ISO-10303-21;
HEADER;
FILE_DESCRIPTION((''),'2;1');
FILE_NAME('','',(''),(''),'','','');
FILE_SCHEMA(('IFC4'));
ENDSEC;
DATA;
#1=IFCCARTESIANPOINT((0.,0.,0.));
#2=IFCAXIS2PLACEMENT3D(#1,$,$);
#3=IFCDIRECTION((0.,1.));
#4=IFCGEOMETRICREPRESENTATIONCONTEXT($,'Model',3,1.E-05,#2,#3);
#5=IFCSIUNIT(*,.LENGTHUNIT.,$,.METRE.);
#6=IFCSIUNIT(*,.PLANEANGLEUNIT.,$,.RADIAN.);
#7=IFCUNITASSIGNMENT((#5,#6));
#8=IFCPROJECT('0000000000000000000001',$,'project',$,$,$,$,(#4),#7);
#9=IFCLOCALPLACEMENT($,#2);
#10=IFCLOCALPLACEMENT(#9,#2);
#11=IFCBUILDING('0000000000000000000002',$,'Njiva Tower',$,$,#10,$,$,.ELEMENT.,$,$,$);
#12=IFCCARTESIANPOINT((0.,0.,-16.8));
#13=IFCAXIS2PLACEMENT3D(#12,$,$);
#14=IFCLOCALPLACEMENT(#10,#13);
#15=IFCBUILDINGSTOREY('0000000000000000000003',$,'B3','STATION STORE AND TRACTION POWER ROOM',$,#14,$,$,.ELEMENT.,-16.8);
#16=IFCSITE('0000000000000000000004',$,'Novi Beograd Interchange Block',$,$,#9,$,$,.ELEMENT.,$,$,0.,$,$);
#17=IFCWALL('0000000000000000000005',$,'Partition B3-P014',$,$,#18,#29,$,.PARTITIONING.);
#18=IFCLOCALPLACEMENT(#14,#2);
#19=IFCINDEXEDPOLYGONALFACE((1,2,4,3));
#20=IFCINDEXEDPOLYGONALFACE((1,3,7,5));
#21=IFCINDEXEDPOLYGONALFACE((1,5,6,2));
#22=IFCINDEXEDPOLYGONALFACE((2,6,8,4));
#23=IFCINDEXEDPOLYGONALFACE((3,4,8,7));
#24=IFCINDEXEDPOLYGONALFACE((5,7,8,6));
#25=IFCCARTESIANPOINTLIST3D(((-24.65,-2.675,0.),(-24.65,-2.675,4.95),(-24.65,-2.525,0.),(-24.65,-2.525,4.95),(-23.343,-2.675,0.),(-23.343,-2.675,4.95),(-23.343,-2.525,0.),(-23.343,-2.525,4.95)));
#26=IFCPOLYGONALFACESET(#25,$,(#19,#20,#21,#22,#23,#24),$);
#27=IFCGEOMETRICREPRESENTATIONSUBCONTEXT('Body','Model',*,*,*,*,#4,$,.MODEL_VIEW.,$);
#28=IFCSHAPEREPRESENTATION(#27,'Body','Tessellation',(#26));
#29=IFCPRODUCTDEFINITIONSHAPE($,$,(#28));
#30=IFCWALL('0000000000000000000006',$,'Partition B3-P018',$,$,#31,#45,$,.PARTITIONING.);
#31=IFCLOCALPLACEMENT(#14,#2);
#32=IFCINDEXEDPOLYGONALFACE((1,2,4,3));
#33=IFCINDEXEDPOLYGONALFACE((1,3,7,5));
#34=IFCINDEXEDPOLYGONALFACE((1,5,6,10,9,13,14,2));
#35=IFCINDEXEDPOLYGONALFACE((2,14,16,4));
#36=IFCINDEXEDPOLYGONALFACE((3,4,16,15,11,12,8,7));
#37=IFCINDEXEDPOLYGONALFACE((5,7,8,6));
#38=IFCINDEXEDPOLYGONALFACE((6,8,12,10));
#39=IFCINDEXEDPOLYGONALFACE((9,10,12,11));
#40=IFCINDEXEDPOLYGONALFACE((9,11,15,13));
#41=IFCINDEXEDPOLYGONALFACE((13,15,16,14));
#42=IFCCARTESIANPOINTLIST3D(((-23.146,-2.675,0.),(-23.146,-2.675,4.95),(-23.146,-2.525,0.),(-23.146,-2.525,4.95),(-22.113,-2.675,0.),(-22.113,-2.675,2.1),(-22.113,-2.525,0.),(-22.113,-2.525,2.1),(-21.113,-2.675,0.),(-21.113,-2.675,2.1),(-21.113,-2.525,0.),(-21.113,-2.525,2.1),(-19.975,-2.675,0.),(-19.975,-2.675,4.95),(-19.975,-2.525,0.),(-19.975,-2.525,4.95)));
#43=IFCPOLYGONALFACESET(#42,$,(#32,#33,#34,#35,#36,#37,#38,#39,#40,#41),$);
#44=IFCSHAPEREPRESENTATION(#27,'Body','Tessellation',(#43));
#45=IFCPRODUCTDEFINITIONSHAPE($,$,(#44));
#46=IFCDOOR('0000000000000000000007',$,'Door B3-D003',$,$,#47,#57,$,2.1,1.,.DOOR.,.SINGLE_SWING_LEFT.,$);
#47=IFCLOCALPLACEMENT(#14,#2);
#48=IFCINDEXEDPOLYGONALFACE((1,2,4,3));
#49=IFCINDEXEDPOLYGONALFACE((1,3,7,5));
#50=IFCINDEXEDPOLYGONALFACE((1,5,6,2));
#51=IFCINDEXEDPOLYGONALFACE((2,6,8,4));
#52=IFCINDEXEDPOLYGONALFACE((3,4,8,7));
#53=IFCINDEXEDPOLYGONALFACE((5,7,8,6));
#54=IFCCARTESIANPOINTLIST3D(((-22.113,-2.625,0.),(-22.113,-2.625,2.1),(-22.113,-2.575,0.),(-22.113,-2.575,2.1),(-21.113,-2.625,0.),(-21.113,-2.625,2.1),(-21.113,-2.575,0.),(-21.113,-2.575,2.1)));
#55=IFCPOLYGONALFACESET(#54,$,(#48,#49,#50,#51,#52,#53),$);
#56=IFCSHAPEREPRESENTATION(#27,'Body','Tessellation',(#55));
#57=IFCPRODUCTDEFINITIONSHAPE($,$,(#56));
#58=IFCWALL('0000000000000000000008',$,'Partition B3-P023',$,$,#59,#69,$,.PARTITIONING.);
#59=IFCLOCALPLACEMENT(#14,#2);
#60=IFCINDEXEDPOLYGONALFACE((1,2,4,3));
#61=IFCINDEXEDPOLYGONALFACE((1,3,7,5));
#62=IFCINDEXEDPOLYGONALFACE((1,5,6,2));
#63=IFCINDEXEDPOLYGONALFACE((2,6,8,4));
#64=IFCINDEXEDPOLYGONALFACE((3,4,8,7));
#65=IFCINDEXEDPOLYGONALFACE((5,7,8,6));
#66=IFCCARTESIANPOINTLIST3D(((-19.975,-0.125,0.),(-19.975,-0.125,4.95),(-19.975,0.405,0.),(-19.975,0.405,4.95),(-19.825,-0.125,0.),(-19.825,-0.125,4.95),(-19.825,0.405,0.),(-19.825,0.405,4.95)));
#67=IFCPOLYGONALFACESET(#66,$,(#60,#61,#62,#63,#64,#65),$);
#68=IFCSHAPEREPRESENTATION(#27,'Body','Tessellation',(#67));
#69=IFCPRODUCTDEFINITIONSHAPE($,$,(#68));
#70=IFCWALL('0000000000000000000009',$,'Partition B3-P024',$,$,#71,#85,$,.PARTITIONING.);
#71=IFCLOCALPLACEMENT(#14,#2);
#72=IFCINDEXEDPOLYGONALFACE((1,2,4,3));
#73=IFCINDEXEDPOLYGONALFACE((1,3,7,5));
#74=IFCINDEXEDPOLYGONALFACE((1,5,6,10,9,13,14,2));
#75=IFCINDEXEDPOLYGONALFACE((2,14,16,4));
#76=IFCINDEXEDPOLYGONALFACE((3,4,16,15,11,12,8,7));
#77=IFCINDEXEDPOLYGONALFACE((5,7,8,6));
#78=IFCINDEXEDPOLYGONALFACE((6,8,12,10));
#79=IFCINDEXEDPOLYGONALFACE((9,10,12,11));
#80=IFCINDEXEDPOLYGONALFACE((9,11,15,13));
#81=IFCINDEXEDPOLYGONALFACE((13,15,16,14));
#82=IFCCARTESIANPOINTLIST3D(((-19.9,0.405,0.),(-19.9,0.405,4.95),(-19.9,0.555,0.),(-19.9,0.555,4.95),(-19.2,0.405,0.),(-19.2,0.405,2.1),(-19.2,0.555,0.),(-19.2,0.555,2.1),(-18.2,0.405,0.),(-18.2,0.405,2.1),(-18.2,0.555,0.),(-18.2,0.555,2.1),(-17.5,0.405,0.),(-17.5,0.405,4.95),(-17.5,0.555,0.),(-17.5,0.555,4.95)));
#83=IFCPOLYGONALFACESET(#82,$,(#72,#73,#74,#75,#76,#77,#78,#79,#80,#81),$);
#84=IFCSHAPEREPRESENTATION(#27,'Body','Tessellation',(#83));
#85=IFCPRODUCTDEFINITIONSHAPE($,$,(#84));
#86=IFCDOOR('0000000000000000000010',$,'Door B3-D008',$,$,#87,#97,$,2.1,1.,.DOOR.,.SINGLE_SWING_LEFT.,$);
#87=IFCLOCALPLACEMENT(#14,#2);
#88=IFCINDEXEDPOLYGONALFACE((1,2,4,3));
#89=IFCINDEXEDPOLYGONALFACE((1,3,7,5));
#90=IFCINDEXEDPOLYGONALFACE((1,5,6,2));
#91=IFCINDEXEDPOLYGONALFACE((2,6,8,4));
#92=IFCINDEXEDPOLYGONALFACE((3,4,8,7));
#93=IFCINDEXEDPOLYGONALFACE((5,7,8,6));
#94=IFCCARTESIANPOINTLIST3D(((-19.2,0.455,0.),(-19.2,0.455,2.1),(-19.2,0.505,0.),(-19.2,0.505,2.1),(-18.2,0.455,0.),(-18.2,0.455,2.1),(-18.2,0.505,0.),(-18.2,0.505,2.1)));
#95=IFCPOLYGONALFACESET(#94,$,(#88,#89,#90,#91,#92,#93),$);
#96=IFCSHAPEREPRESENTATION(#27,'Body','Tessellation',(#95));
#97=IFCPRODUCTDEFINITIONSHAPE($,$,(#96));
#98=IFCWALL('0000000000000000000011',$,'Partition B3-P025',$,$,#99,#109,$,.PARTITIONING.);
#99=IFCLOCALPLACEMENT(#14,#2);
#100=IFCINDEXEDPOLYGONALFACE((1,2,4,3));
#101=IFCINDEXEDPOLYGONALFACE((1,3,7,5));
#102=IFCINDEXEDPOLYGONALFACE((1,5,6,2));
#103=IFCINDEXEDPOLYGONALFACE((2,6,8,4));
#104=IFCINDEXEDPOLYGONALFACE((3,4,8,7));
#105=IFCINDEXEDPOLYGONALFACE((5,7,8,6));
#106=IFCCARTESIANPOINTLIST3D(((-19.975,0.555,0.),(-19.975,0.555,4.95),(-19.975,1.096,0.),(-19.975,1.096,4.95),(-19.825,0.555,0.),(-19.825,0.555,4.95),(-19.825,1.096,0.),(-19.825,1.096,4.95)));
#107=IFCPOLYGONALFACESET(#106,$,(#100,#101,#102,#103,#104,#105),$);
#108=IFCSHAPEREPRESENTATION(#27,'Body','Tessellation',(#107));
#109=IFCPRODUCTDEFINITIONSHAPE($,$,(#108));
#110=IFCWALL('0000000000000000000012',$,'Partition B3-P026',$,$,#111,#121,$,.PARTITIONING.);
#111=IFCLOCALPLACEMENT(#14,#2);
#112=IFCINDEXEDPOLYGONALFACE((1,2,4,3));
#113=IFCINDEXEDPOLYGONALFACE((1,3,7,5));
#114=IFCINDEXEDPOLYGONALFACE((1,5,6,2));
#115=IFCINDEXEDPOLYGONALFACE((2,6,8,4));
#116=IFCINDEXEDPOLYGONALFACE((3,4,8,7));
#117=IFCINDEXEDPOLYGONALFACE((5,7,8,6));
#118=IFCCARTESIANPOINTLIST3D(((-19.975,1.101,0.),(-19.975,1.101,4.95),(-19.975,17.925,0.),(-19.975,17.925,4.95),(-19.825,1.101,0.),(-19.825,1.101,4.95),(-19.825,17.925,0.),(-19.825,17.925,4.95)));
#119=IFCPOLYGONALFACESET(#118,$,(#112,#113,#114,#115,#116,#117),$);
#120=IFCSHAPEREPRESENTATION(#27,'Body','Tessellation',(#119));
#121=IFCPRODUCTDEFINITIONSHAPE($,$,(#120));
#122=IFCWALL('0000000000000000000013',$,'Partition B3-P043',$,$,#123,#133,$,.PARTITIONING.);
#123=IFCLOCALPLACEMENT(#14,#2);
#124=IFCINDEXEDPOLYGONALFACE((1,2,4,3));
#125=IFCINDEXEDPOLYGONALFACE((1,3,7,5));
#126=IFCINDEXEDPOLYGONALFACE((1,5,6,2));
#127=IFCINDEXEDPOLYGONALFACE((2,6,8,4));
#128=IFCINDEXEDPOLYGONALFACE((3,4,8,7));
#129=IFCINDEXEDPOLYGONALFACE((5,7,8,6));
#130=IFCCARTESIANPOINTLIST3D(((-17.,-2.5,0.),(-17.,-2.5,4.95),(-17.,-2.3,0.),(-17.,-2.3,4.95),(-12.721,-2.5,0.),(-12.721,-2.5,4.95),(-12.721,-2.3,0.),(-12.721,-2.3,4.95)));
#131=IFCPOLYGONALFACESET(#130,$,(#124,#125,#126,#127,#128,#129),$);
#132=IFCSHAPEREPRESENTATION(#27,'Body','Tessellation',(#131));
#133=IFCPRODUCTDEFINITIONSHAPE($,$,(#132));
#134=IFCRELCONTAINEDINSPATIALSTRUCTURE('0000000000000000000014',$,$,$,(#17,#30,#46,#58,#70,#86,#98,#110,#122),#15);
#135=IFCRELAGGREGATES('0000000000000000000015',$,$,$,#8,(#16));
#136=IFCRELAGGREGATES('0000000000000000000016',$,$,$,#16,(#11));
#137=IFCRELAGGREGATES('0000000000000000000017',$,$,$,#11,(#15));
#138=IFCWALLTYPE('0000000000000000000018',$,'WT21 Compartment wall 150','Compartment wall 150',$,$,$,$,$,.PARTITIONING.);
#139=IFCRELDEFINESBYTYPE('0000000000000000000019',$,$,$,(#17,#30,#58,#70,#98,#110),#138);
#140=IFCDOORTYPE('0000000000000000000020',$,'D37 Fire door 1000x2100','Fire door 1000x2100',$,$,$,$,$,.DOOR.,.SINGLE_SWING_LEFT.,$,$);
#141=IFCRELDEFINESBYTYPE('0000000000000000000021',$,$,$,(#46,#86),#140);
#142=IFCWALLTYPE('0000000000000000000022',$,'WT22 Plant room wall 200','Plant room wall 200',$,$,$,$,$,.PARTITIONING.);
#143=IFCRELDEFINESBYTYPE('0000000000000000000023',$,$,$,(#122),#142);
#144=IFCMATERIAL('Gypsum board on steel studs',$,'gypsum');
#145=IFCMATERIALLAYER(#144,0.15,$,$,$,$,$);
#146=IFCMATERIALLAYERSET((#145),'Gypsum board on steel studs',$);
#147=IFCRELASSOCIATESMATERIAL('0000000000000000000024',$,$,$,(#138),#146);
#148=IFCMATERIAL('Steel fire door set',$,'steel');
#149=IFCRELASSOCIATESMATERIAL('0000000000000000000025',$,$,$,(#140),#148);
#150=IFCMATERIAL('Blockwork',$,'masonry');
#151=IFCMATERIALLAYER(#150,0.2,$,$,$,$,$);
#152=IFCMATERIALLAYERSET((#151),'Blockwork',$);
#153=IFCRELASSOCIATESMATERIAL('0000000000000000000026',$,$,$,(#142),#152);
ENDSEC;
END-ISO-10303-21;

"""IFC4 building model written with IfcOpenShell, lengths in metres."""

from ifc_helpers import new_model, si_unit, direction, frame, frame_2d, origin, place, context, subcontext, project, spatial, rectangle, extrude, material, layer, layer_set, type_object, element, fill, save


model = new_model("IFC4")

# Units and contexts
model_context = context("Model", 3, precision=1e-05, world=origin(), true_north=direction((0.0, 1.0)))
body_context = subcontext(model_context, "Body", "Model", "MODEL_VIEW")
ifc_project = project(units=[si_unit("LENGTHUNIT", "METRE"), si_unit("PLANEANGLEUNIT", "RADIAN")], contexts=[model_context])

# Site, building, storey
site_placement = place(None, origin())
site = spatial("IfcSite", under=ifc_project, at=site_placement, Name="Novi Beograd Interchange Block", CompositionType="ELEMENT", RefElevation=0.0)
building_placement = place(site_placement, origin())
building = spatial("IfcBuilding", under=site, at=building_placement, Name="Njiva Tower", CompositionType="ELEMENT")
storey_placement = place(building_placement, frame((0.0, 0.0, -16.8)))
storey = spatial("IfcBuildingStorey", under=building, at=storey_placement, Name="B3", Description="STATION STORE AND TRACTION POWER ROOM", CompositionType="ELEMENT", Elevation=-16.8)

# Shared definitions
ifc_material_1 = material(Name="Blockwork", Category="masonry")

# Wall
ifc_material_2 = material(Name="Gypsum board on steel studs", Category="gypsum")
ifc_layer_1 = layer(ifc_material_2, 0.15)
ifc_layer_set_1 = layer_set([ifc_layer_1], Name="Gypsum board on steel studs")
wall_type_1 = type_object("IfcWallType", Name="WT21 Compartment wall 150", Description="Compartment wall 150", PredefinedType="PARTITIONING", material=ifc_layer_set_1)
wall_1_placement = place(storey_placement, frame((-24.65, -2.6, 0.0), z_axis=(0.0, 0.0, 1.0), x_axis=(1.0, 0.0, 0.0)))
element("IfcWall", 1, at=wall_1_placement, inside=storey, type_object=wall_type_1, Name="Partition B3-P014", PredefinedType="PARTITIONING", context=body_context, shape_type="SweptSolid", body=[
    extrude(rectangle(XDim=1.307, YDim=0.15, at=frame_2d((0.6535, 0.0))), origin(), (0.0, 0.0, 1.0), 4.95),
])

# Wall, opening, door
wall_2_placement = place(storey_placement, frame((-23.146, -2.6, 0.0), z_axis=(0.0, 0.0, 1.0), x_axis=(1.0, 0.0, 0.0)))
wall_2 = element("IfcWall", 2, at=wall_2_placement, inside=storey, type_object=wall_type_1, Name="Partition B3-P018", PredefinedType="PARTITIONING", context=body_context, shape_type="SweptSolid", body=[
    extrude(rectangle(XDim=3.171, YDim=0.15, at=frame_2d((1.5855, 0.0))), origin(), (0.0, 0.0, 1.0), 4.95),
])
opening_1_placement = place(wall_2_placement, frame((1.033, 0.0, 0.0)))
opening_1 = element("IfcOpeningElement", 3, at=opening_1_placement, cuts=wall_2, PredefinedType="OPENING", context=body_context, shape_type="SweptSolid", body=[
    extrude(rectangle(XDim=1.0, YDim=2.1, at=frame_2d((0.5, 1.05))), frame((0.0, 0.085, 0.0), z_axis=(0.0, -1.0, 0.0), x_axis=(1.0, 0.0, 0.0)), (0.0, 0.0, 1.0), 0.17),
])
ifc_material_3 = material(Name="Steel fire door set", Category="steel")
door_type_1 = type_object("IfcDoorType", Name="D37 Fire door 1000x2100", Description="Fire door 1000x2100", OperationType="SINGLE_SWING_LEFT", PredefinedType="DOOR", material=ifc_material_3)
door_1_placement = place(opening_1_placement, origin())
door_1 = element("IfcDoor", 4, at=door_1_placement, inside=storey, type_object=door_type_1, Name="Door B3-D003", OperationType="SINGLE_SWING_LEFT", OverallHeight=2.1, OverallWidth=1.0, PredefinedType="DOOR", context=body_context, shape_type="SweptSolid", body=[
    extrude(rectangle(XDim=1.0, YDim=2.1, at=frame_2d((0.5, 1.05))), frame((0.0, 0.025, 0.0), z_axis=(0.0, -1.0, 0.0), x_axis=(1.0, 0.0, 0.0)), (0.0, 0.0, 1.0), 0.05),
])
fill(opening_1, door_1)

# Wall
wall_3_placement = place(storey_placement, frame((-19.9, -0.125, 0.0), z_axis=(0.0, 0.0, 1.0), x_axis=(0.0, 1.0, 0.0)))
element("IfcWall", 5, at=wall_3_placement, inside=storey, type_object=wall_type_1, Name="Partition B3-P023", PredefinedType="PARTITIONING", context=body_context, shape_type="SweptSolid", body=[
    extrude(rectangle(XDim=0.53, YDim=0.15, at=frame_2d((0.265, 0.0))), origin(), (0.0, 0.0, 1.0), 4.95),
])

# Wall, opening, door
wall_4_placement = place(storey_placement, frame((-19.9, 0.48, 0.0), z_axis=(0.0, 0.0, 1.0), x_axis=(1.0, 0.0, 0.0)))
wall_4 = element("IfcWall", 6, at=wall_4_placement, inside=storey, type_object=wall_type_1, Name="Partition B3-P024", PredefinedType="PARTITIONING", context=body_context, shape_type="SweptSolid", body=[
    extrude(rectangle(XDim=2.4, YDim=0.15, at=frame_2d((1.2, 0.0))), origin(), (0.0, 0.0, 1.0), 4.95),
])
opening_2_placement = place(wall_4_placement, frame((0.7, 0.0, 0.0)))
opening_2 = element("IfcOpeningElement", 7, at=opening_2_placement, cuts=wall_4, PredefinedType="OPENING", context=body_context, shape_type="SweptSolid", body=[
    extrude(rectangle(XDim=1.0, YDim=2.1, at=frame_2d((0.5, 1.05))), frame((0.0, 0.085, 0.0), z_axis=(0.0, -1.0, 0.0), x_axis=(1.0, 0.0, 0.0)), (0.0, 0.0, 1.0), 0.17),
])
door_2_placement = place(opening_2_placement, origin())
door_2 = element("IfcDoor", 8, at=door_2_placement, inside=storey, type_object=door_type_1, Name="Door B3-D008", OperationType="SINGLE_SWING_LEFT", OverallHeight=2.1, OverallWidth=1.0, PredefinedType="DOOR", context=body_context, shape_type="SweptSolid", body=[
    extrude(rectangle(XDim=1.0, YDim=2.1, at=frame_2d((0.5, 1.05))), frame((0.0, 0.025, 0.0), z_axis=(0.0, -1.0, 0.0), x_axis=(1.0, 0.0, 0.0)), (0.0, 0.0, 1.0), 0.05),
])
fill(opening_2, door_2)

# Walls
wall_5_placement = place(storey_placement, frame((-19.9, 0.555, 0.0), z_axis=(0.0, 0.0, 1.0), x_axis=(0.0, 1.0, 0.0)))
element("IfcWall", 9, at=wall_5_placement, inside=storey, type_object=wall_type_1, Name="Partition B3-P025", PredefinedType="PARTITIONING", context=body_context, shape_type="SweptSolid", body=[
    extrude(rectangle(XDim=0.541, YDim=0.15, at=frame_2d((0.2705, 0.0))), origin(), (0.0, 0.0, 1.0), 4.95),
])
wall_6_placement = place(storey_placement, frame((-19.9, 1.101, 0.0), z_axis=(0.0, 0.0, 1.0), x_axis=(0.0, 1.0, 0.0)))
element("IfcWall", 10, at=wall_6_placement, inside=storey, type_object=wall_type_1, Name="Partition B3-P026", PredefinedType="PARTITIONING", context=body_context, shape_type="SweptSolid", body=[
    extrude(rectangle(XDim=16.824, YDim=0.15, at=frame_2d((8.412, 0.0))), origin(), (0.0, 0.0, 1.0), 4.95),
])
ifc_layer_2 = layer(ifc_material_1, 0.2)
ifc_layer_set_2 = layer_set([ifc_layer_2], Name="Blockwork")
wall_type_2 = type_object("IfcWallType", Name="WT22 Plant room wall 200", Description="Plant room wall 200", PredefinedType="PARTITIONING", material=ifc_layer_set_2)
wall_7_placement = place(storey_placement, frame((-17.0, -2.4, 0.0), z_axis=(0.0, 0.0, 1.0), x_axis=(1.0, 0.0, 0.0)))
element("IfcWall", 11, at=wall_7_placement, inside=storey, type_object=wall_type_2, Name="Partition B3-P043", PredefinedType="PARTITIONING", context=body_context, shape_type="SweptSolid", body=[
    extrude(rectangle(XDim=4.279, YDim=0.2, at=frame_2d((2.1395, 0.0))), origin(), (0.0, 0.0, 1.0), 4.95),
])

save(model, "model.ifc")
